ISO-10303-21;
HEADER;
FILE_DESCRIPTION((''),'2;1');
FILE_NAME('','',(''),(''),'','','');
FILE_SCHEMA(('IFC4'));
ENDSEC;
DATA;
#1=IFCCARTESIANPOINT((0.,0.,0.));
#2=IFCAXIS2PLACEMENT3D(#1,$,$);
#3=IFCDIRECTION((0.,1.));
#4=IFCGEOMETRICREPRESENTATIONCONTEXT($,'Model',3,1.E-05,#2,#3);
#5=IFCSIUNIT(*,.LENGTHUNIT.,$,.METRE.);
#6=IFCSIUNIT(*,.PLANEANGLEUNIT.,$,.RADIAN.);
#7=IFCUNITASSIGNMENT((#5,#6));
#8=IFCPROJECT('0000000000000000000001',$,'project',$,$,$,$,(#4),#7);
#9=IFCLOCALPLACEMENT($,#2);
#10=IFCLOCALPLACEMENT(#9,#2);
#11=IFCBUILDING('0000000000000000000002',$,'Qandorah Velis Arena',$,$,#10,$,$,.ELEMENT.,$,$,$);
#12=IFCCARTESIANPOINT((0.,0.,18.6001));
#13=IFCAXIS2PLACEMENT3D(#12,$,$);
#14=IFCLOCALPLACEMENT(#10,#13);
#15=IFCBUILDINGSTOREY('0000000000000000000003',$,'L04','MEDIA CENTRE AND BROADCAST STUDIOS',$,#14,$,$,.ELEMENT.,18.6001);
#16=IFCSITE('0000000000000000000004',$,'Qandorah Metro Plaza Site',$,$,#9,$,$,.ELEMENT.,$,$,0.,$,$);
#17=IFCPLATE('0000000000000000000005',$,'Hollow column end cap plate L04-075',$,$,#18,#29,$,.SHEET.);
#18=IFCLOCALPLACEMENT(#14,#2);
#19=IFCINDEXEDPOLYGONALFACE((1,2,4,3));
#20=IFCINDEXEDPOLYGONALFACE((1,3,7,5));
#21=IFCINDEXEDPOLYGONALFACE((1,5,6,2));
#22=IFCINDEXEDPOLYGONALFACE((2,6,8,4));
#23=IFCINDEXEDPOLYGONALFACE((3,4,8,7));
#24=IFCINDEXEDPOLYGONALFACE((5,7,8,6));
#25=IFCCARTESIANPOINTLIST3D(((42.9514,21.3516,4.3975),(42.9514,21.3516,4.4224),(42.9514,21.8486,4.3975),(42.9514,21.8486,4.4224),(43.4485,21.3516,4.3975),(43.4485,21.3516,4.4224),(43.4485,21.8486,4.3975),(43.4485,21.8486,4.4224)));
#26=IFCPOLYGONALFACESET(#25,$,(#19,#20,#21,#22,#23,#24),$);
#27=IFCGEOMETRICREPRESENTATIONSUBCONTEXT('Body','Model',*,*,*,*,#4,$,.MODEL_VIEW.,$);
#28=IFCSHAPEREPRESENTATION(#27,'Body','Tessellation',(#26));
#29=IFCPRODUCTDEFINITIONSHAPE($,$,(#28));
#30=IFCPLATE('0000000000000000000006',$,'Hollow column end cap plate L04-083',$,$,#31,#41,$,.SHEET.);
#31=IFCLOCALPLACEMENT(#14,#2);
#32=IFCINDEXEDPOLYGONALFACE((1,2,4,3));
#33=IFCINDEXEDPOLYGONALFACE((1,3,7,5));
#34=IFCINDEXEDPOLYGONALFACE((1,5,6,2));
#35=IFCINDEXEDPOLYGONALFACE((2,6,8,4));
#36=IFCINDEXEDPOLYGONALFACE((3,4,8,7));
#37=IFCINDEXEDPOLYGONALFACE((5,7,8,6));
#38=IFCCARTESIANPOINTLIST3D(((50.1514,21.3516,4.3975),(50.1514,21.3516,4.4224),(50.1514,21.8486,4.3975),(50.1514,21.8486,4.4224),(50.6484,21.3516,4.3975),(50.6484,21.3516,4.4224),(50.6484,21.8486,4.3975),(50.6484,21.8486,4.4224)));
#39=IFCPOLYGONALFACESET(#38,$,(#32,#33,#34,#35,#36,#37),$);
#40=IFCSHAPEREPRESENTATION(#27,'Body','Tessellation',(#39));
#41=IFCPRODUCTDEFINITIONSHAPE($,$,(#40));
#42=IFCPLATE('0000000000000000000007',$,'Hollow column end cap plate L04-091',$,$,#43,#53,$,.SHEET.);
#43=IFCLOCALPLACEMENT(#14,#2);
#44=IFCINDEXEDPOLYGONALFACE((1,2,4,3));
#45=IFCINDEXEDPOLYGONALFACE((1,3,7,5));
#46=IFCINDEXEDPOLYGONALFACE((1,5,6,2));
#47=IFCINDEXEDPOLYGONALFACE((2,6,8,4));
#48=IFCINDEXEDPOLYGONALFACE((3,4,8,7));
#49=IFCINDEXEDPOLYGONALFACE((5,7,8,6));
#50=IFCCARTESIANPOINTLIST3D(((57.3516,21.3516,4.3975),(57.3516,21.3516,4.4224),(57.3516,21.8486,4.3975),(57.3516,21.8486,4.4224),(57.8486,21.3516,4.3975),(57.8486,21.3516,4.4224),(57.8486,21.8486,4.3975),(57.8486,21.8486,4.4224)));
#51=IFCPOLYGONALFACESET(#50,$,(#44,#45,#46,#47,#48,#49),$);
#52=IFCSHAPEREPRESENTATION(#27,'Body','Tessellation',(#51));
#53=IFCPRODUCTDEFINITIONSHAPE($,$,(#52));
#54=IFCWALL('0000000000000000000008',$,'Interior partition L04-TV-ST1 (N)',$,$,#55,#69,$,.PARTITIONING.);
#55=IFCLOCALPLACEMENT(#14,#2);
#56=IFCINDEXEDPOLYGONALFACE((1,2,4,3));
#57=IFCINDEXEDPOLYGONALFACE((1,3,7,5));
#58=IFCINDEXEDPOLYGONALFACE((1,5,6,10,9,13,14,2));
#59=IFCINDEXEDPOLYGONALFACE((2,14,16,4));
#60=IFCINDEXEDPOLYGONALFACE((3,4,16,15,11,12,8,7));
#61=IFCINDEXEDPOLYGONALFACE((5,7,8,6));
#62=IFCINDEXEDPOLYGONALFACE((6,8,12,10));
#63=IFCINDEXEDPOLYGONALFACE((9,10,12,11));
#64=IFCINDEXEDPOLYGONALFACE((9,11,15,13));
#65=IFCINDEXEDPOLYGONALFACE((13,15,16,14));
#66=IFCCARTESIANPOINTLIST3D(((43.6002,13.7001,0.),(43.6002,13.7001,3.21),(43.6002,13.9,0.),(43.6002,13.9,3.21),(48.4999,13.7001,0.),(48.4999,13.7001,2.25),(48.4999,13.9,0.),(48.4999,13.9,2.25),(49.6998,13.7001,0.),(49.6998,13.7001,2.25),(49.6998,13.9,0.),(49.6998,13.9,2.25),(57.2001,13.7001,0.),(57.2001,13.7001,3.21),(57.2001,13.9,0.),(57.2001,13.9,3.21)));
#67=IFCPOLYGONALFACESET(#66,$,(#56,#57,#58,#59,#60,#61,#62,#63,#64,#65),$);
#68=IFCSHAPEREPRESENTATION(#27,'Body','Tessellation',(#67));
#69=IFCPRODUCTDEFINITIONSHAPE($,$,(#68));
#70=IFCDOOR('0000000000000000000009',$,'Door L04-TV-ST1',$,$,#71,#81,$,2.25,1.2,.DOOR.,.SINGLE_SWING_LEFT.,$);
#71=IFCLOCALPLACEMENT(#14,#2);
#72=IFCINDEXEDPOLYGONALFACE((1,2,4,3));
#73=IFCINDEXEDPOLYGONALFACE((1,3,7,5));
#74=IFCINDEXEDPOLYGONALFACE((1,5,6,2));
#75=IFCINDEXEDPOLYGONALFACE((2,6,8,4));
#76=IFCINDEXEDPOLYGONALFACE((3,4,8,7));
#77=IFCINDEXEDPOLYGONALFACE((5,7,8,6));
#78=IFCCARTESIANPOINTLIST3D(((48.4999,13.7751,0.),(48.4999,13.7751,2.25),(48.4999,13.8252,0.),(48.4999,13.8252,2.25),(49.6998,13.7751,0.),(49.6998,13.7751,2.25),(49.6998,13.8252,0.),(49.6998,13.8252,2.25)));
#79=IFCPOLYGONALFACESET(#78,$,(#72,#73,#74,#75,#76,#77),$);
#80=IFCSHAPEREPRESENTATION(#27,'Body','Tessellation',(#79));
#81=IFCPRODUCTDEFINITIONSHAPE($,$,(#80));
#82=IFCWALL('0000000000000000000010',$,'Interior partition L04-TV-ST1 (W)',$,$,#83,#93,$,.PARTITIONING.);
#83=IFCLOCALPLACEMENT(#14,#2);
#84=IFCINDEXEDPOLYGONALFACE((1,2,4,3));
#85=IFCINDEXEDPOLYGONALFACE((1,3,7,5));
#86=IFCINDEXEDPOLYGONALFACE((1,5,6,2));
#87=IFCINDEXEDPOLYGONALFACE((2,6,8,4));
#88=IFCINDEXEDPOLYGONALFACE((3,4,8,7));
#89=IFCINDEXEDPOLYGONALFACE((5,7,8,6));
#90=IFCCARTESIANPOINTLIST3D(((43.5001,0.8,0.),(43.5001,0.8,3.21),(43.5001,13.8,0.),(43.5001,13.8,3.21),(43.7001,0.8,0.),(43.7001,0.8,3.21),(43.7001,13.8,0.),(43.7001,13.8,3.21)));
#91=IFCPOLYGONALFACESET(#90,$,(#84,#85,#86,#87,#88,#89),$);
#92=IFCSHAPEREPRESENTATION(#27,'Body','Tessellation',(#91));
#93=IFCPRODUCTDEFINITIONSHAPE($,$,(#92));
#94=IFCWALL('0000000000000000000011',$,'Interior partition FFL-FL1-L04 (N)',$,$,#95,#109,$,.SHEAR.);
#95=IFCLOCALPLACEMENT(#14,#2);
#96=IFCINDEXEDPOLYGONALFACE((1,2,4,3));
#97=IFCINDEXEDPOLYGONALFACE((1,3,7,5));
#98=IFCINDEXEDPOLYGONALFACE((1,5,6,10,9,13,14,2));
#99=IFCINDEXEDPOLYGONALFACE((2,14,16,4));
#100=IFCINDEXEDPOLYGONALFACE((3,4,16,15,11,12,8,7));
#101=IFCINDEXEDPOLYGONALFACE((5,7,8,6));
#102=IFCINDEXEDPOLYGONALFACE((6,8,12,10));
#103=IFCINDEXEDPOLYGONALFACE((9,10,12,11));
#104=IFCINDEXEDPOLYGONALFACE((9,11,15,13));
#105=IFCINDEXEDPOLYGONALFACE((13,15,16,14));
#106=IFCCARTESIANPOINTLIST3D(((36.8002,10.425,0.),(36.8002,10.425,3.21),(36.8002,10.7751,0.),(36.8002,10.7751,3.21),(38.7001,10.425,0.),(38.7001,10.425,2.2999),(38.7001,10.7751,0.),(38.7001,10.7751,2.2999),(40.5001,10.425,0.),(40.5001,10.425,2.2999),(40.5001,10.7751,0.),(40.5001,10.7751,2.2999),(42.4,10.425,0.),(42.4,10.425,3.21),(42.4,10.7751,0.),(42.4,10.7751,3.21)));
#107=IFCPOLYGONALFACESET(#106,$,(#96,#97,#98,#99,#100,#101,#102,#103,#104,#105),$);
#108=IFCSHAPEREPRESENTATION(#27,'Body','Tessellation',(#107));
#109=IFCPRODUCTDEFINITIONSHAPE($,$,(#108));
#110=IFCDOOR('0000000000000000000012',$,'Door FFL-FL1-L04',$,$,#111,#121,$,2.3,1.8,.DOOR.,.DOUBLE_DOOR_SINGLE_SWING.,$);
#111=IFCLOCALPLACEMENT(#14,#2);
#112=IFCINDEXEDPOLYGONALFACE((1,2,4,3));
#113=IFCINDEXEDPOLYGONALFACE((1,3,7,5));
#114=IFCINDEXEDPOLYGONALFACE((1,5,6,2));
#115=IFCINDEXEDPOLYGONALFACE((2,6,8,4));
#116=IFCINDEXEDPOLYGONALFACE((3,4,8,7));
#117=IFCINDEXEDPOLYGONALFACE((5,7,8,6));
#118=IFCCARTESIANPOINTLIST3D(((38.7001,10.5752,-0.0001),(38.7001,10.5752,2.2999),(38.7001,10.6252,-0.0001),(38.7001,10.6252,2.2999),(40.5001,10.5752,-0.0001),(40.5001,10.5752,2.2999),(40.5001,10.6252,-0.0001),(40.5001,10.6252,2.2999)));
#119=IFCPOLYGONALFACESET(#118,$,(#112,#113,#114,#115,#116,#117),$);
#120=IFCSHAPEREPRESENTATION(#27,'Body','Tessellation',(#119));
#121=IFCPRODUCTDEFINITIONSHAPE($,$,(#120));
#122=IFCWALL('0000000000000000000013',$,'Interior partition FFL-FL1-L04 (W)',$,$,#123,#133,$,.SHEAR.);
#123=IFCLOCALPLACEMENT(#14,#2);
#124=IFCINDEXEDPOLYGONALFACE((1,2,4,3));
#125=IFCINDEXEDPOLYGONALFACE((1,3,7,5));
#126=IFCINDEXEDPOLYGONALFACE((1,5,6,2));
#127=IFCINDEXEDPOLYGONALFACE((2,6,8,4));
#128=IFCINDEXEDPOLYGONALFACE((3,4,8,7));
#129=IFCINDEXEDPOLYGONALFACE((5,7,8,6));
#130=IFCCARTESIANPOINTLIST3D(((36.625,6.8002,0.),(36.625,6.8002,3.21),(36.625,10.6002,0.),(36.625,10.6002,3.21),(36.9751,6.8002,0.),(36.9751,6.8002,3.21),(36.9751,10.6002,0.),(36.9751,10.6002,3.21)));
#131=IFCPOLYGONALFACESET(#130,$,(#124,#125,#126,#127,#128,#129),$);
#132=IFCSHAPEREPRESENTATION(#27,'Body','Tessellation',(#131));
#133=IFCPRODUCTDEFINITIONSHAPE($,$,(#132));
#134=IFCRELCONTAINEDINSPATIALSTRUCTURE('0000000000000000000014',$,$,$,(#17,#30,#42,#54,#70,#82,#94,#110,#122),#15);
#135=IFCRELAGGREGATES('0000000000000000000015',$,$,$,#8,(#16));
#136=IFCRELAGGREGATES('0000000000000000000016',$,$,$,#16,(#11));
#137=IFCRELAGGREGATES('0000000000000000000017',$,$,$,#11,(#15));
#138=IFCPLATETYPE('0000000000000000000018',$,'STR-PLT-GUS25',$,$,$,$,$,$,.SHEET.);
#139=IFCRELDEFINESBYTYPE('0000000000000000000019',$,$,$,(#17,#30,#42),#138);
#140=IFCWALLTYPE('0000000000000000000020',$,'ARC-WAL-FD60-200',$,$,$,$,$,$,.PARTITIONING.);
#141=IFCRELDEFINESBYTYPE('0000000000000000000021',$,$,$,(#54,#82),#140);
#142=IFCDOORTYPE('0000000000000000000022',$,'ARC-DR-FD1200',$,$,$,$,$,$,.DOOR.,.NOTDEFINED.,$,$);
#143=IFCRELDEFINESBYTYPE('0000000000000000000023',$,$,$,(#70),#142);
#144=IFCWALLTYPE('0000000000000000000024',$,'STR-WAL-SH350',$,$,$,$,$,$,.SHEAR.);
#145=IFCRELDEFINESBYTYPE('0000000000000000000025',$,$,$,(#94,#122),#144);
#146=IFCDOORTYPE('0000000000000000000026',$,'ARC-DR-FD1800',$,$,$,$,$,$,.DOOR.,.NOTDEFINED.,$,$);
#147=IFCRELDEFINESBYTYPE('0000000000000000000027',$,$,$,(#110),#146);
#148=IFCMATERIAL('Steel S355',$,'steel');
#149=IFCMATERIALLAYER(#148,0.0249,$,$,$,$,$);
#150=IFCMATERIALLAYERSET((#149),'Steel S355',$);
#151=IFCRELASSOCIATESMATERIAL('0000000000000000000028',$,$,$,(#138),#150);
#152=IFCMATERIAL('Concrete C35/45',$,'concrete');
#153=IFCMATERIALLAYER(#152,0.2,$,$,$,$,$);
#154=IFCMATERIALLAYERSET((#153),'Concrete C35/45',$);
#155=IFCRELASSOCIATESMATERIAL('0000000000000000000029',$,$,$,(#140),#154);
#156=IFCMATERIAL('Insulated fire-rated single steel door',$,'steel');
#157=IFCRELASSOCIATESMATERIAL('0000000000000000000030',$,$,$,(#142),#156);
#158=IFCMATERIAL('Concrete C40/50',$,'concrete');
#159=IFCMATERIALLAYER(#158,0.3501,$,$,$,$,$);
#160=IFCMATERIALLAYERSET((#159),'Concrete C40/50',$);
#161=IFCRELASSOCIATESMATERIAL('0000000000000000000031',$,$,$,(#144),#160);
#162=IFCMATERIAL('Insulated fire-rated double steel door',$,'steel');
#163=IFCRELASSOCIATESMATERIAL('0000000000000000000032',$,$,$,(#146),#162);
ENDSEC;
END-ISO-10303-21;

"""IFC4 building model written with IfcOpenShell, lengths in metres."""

from ifc_helpers import new_model, si_unit, direction, frame, frame_2d, origin, origin_2d, place, context, subcontext, project, spatial, rectangle, extrude, material, layer, layer_set, type_object, element, fill, save


model = new_model("IFC4")

# Units and contexts
model_context = context("Model", 3, precision=1e-05, world=origin(), true_north=direction((0.0, 1.0)))
body_context = subcontext(model_context, "Body", "Model", "MODEL_VIEW")
ifc_project = project(units=[si_unit("LENGTHUNIT", "METRE"), si_unit("PLANEANGLEUNIT", "RADIAN")], contexts=[model_context])

# Site, building, storey
site_placement = place(None, origin())
site = spatial("IfcSite", under=ifc_project, at=site_placement, Name="Qandorah Metro Plaza Site", CompositionType="ELEMENT", RefElevation=0.0)
building_placement = place(site_placement, origin())
building = spatial("IfcBuilding", under=site, at=building_placement, Name="Qandorah Velis Arena", CompositionType="ELEMENT")
storey_placement = place(building_placement, frame((0.0, 0.0, 18.6001)))
storey = spatial("IfcBuildingStorey", under=building, at=storey_placement, Name="L04", Description="MEDIA CENTRE AND BROADCAST STUDIOS", CompositionType="ELEMENT", Elevation=18.6001)

# Shared definitions
ifc_material_1 = material(Name="Steel S355", Category="steel")
ifc_material_2 = material(Name="Concrete C40/50", Category="concrete")

# Plates
ifc_layer_1 = layer(ifc_material_1, 0.0249)
ifc_layer_set_1 = layer_set([ifc_layer_1], Name="Steel S355")
plate_type = type_object("IfcPlateType", Name="STR-PLT-GUS25", PredefinedType="SHEET", material=ifc_layer_set_1)
for number, where, z_axis, x_axis, name in (
    (1, (43.2, 21.6001, 4.3975), (0.0, 0.0, 1.0), (1.0, 0.0, 0.0), "Hollow column end cap plate L04-075"),
    (2, (50.3999, 21.6001, 4.3975), (0.0, 0.0, 1.0), (1.0, 0.0, 0.0), "Hollow column end cap plate L04-083"),
    (3, (57.6001, 21.6001, 4.3975), (0.0, 0.0, 1.0), (1.0, 0.0, 0.0), "Hollow column end cap plate L04-091"),
):
    element("IfcPlate", number, at=place(storey_placement, frame(where, z_axis=z_axis, x_axis=x_axis)), inside=storey, type_object=plate_type, Name=name, PredefinedType="SHEET", context=body_context, shape_type="SweptSolid", body=[
        extrude(rectangle(XDim=0.4971, YDim=0.4971, at=origin_2d()), origin(), (0.0, 0.0, 1.0), 0.0249),
    ])

# Wall, opening, door
ifc_material_3 = material(Name="Concrete C35/45", Category="concrete")
ifc_layer_2 = layer(ifc_material_3, 0.2)
ifc_layer_set_2 = layer_set([ifc_layer_2], Name="Concrete C35/45")
wall_type_1 = type_object("IfcWallType", Name="ARC-WAL-FD60-200", PredefinedType="PARTITIONING", material=ifc_layer_set_2)
wall_1_placement = place(storey_placement, frame((57.2, 13.8, 0.0), z_axis=(0.0, 0.0, 1.0), x_axis=(-1.0, 0.0, 0.0)))
wall_1 = element("IfcWall", 4, at=wall_1_placement, inside=storey, type_object=wall_type_1, Name="Interior partition L04-TV-ST1 (N)", PredefinedType="PARTITIONING", context=body_context, shape_type="SweptSolid", body=[
    extrude(rectangle(XDim=13.5999, YDim=0.2, at=frame_2d((6.7998, 0.0))), origin(), (0.0, 0.0, 1.0), 3.21),
])
opening_1_placement = place(wall_1_placement, frame((7.5, 0.0, 0.0)))
opening_1 = element("IfcOpeningElement", 5, at=opening_1_placement, cuts=wall_1, PredefinedType="OPENING", context=body_context, shape_type="SweptSolid", body=[
    extrude(rectangle(XDim=1.2, YDim=2.25, at=frame_2d((0.6001, 1.125))), frame((0.0, 0.1099, 0.0), z_axis=(0.0, -1.0, 0.0), x_axis=(1.0, 0.0, 0.0)), (0.0, 0.0, 1.0), 0.22),
])
ifc_material_4 = material(Name="Insulated fire-rated single steel door", Category="steel")
door_type_1 = type_object("IfcDoorType", Name="ARC-DR-FD1200", OperationType="NOTDEFINED", PredefinedType="DOOR", material=ifc_material_4)
door_1_placement = place(opening_1_placement, origin())
door_1 = element("IfcDoor", 6, at=door_1_placement, inside=storey, type_object=door_type_1, Name="Door L04-TV-ST1", OperationType="SINGLE_SWING_LEFT", OverallHeight=2.25, OverallWidth=1.2, PredefinedType="DOOR", context=body_context, shape_type="SweptSolid", body=[
    extrude(rectangle(XDim=1.2, YDim=2.25, at=frame_2d((0.6001, 1.125))), frame((0.0, 0.0249, 0.0), z_axis=(0.0, -1.0, 0.0), x_axis=(1.0, 0.0, 0.0)), (0.0, 0.0, 1.0), 0.05),
])
fill(opening_1, door_1)

# Wall
wall_2_placement = place(storey_placement, frame((43.6001, 13.8, 0.0), z_axis=(0.0, 0.0, 1.0), x_axis=(0.0, -1.0, 0.0)))
element("IfcWall", 7, at=wall_2_placement, inside=storey, type_object=wall_type_1, Name="Interior partition L04-TV-ST1 (W)", PredefinedType="PARTITIONING", context=body_context, shape_type="SweptSolid", body=[
    extrude(rectangle(XDim=13.0, YDim=0.2, at=frame_2d((6.5, 0.0))), origin(), (0.0, 0.0, 1.0), 3.21),
])

# Wall, opening, door
ifc_layer_3 = layer(ifc_material_2, 0.3501)
ifc_layer_set_3 = layer_set([ifc_layer_3], Name="Concrete C40/50")
wall_type_2 = type_object("IfcWallType", Name="STR-WAL-SH350", PredefinedType="SHEAR", material=ifc_layer_set_3)
wall_3_placement = place(storey_placement, frame((42.3999, 10.6001, 0.0), z_axis=(0.0, 0.0, 1.0), x_axis=(-1.0, 0.0, 0.0)))
wall_3 = element("IfcWall", 8, at=wall_3_placement, inside=storey, type_object=wall_type_2, Name="Interior partition FFL-FL1-L04 (N)", PredefinedType="SHEAR", context=body_context, shape_type="SweptSolid", body=[
    extrude(rectangle(XDim=5.5999, YDim=0.3501, at=frame_2d((2.7998, 0.0))), origin(), (0.0, 0.0, 1.0), 3.21),
])
opening_2_placement = place(wall_3_placement, frame((1.8999, 0.0, 0.0)))
opening_2 = element("IfcOpeningElement", 9, at=opening_2_placement, cuts=wall_3, PredefinedType="OPENING", context=body_context, shape_type="SweptSolid", body=[
    extrude(rectangle(XDim=1.8, YDim=2.3, at=frame_2d((0.8999, 1.1499))), frame((0.0, 0.1851, 0.0), z_axis=(0.0, -1.0, 0.0), x_axis=(1.0, 0.0, 0.0)), (0.0, 0.0, 1.0), 0.3701),
])
ifc_material_5 = material(Name="Insulated fire-rated double steel door", Category="steel")
door_type_2 = type_object("IfcDoorType", Name="ARC-DR-FD1800", OperationType="NOTDEFINED", PredefinedType="DOOR", material=ifc_material_5)
door_2_placement = place(opening_2_placement, origin())
door_2 = element("IfcDoor", 10, at=door_2_placement, inside=storey, type_object=door_type_2, Name="Door FFL-FL1-L04", OperationType="DOUBLE_DOOR_SINGLE_SWING", OverallHeight=2.3, OverallWidth=1.8, PredefinedType="DOOR", context=body_context, shape_type="SweptSolid", body=[
    extrude(rectangle(XDim=1.8, YDim=2.3, at=frame_2d((0.8999, 1.1499))), frame((0.0, 0.0249, 0.0), z_axis=(0.0, -1.0, 0.0), x_axis=(1.0, 0.0, 0.0)), (0.0, 0.0, 1.0), 0.05),
])
fill(opening_2, door_2)

# Wall
wall_4_placement = place(storey_placement, frame((36.8, 10.6001, 0.0), z_axis=(0.0, 0.0, 1.0), x_axis=(0.0, -1.0, 0.0)))
element("IfcWall", 11, at=wall_4_placement, inside=storey, type_object=wall_type_2, Name="Interior partition FFL-FL1-L04 (W)", PredefinedType="SHEAR", context=body_context, shape_type="SweptSolid", body=[
    extrude(rectangle(XDim=3.8, YDim=0.3501, at=frame_2d((1.8999, 0.0))), origin(), (0.0, 0.0, 1.0), 3.21),
])

save(model, "model.ifc")
